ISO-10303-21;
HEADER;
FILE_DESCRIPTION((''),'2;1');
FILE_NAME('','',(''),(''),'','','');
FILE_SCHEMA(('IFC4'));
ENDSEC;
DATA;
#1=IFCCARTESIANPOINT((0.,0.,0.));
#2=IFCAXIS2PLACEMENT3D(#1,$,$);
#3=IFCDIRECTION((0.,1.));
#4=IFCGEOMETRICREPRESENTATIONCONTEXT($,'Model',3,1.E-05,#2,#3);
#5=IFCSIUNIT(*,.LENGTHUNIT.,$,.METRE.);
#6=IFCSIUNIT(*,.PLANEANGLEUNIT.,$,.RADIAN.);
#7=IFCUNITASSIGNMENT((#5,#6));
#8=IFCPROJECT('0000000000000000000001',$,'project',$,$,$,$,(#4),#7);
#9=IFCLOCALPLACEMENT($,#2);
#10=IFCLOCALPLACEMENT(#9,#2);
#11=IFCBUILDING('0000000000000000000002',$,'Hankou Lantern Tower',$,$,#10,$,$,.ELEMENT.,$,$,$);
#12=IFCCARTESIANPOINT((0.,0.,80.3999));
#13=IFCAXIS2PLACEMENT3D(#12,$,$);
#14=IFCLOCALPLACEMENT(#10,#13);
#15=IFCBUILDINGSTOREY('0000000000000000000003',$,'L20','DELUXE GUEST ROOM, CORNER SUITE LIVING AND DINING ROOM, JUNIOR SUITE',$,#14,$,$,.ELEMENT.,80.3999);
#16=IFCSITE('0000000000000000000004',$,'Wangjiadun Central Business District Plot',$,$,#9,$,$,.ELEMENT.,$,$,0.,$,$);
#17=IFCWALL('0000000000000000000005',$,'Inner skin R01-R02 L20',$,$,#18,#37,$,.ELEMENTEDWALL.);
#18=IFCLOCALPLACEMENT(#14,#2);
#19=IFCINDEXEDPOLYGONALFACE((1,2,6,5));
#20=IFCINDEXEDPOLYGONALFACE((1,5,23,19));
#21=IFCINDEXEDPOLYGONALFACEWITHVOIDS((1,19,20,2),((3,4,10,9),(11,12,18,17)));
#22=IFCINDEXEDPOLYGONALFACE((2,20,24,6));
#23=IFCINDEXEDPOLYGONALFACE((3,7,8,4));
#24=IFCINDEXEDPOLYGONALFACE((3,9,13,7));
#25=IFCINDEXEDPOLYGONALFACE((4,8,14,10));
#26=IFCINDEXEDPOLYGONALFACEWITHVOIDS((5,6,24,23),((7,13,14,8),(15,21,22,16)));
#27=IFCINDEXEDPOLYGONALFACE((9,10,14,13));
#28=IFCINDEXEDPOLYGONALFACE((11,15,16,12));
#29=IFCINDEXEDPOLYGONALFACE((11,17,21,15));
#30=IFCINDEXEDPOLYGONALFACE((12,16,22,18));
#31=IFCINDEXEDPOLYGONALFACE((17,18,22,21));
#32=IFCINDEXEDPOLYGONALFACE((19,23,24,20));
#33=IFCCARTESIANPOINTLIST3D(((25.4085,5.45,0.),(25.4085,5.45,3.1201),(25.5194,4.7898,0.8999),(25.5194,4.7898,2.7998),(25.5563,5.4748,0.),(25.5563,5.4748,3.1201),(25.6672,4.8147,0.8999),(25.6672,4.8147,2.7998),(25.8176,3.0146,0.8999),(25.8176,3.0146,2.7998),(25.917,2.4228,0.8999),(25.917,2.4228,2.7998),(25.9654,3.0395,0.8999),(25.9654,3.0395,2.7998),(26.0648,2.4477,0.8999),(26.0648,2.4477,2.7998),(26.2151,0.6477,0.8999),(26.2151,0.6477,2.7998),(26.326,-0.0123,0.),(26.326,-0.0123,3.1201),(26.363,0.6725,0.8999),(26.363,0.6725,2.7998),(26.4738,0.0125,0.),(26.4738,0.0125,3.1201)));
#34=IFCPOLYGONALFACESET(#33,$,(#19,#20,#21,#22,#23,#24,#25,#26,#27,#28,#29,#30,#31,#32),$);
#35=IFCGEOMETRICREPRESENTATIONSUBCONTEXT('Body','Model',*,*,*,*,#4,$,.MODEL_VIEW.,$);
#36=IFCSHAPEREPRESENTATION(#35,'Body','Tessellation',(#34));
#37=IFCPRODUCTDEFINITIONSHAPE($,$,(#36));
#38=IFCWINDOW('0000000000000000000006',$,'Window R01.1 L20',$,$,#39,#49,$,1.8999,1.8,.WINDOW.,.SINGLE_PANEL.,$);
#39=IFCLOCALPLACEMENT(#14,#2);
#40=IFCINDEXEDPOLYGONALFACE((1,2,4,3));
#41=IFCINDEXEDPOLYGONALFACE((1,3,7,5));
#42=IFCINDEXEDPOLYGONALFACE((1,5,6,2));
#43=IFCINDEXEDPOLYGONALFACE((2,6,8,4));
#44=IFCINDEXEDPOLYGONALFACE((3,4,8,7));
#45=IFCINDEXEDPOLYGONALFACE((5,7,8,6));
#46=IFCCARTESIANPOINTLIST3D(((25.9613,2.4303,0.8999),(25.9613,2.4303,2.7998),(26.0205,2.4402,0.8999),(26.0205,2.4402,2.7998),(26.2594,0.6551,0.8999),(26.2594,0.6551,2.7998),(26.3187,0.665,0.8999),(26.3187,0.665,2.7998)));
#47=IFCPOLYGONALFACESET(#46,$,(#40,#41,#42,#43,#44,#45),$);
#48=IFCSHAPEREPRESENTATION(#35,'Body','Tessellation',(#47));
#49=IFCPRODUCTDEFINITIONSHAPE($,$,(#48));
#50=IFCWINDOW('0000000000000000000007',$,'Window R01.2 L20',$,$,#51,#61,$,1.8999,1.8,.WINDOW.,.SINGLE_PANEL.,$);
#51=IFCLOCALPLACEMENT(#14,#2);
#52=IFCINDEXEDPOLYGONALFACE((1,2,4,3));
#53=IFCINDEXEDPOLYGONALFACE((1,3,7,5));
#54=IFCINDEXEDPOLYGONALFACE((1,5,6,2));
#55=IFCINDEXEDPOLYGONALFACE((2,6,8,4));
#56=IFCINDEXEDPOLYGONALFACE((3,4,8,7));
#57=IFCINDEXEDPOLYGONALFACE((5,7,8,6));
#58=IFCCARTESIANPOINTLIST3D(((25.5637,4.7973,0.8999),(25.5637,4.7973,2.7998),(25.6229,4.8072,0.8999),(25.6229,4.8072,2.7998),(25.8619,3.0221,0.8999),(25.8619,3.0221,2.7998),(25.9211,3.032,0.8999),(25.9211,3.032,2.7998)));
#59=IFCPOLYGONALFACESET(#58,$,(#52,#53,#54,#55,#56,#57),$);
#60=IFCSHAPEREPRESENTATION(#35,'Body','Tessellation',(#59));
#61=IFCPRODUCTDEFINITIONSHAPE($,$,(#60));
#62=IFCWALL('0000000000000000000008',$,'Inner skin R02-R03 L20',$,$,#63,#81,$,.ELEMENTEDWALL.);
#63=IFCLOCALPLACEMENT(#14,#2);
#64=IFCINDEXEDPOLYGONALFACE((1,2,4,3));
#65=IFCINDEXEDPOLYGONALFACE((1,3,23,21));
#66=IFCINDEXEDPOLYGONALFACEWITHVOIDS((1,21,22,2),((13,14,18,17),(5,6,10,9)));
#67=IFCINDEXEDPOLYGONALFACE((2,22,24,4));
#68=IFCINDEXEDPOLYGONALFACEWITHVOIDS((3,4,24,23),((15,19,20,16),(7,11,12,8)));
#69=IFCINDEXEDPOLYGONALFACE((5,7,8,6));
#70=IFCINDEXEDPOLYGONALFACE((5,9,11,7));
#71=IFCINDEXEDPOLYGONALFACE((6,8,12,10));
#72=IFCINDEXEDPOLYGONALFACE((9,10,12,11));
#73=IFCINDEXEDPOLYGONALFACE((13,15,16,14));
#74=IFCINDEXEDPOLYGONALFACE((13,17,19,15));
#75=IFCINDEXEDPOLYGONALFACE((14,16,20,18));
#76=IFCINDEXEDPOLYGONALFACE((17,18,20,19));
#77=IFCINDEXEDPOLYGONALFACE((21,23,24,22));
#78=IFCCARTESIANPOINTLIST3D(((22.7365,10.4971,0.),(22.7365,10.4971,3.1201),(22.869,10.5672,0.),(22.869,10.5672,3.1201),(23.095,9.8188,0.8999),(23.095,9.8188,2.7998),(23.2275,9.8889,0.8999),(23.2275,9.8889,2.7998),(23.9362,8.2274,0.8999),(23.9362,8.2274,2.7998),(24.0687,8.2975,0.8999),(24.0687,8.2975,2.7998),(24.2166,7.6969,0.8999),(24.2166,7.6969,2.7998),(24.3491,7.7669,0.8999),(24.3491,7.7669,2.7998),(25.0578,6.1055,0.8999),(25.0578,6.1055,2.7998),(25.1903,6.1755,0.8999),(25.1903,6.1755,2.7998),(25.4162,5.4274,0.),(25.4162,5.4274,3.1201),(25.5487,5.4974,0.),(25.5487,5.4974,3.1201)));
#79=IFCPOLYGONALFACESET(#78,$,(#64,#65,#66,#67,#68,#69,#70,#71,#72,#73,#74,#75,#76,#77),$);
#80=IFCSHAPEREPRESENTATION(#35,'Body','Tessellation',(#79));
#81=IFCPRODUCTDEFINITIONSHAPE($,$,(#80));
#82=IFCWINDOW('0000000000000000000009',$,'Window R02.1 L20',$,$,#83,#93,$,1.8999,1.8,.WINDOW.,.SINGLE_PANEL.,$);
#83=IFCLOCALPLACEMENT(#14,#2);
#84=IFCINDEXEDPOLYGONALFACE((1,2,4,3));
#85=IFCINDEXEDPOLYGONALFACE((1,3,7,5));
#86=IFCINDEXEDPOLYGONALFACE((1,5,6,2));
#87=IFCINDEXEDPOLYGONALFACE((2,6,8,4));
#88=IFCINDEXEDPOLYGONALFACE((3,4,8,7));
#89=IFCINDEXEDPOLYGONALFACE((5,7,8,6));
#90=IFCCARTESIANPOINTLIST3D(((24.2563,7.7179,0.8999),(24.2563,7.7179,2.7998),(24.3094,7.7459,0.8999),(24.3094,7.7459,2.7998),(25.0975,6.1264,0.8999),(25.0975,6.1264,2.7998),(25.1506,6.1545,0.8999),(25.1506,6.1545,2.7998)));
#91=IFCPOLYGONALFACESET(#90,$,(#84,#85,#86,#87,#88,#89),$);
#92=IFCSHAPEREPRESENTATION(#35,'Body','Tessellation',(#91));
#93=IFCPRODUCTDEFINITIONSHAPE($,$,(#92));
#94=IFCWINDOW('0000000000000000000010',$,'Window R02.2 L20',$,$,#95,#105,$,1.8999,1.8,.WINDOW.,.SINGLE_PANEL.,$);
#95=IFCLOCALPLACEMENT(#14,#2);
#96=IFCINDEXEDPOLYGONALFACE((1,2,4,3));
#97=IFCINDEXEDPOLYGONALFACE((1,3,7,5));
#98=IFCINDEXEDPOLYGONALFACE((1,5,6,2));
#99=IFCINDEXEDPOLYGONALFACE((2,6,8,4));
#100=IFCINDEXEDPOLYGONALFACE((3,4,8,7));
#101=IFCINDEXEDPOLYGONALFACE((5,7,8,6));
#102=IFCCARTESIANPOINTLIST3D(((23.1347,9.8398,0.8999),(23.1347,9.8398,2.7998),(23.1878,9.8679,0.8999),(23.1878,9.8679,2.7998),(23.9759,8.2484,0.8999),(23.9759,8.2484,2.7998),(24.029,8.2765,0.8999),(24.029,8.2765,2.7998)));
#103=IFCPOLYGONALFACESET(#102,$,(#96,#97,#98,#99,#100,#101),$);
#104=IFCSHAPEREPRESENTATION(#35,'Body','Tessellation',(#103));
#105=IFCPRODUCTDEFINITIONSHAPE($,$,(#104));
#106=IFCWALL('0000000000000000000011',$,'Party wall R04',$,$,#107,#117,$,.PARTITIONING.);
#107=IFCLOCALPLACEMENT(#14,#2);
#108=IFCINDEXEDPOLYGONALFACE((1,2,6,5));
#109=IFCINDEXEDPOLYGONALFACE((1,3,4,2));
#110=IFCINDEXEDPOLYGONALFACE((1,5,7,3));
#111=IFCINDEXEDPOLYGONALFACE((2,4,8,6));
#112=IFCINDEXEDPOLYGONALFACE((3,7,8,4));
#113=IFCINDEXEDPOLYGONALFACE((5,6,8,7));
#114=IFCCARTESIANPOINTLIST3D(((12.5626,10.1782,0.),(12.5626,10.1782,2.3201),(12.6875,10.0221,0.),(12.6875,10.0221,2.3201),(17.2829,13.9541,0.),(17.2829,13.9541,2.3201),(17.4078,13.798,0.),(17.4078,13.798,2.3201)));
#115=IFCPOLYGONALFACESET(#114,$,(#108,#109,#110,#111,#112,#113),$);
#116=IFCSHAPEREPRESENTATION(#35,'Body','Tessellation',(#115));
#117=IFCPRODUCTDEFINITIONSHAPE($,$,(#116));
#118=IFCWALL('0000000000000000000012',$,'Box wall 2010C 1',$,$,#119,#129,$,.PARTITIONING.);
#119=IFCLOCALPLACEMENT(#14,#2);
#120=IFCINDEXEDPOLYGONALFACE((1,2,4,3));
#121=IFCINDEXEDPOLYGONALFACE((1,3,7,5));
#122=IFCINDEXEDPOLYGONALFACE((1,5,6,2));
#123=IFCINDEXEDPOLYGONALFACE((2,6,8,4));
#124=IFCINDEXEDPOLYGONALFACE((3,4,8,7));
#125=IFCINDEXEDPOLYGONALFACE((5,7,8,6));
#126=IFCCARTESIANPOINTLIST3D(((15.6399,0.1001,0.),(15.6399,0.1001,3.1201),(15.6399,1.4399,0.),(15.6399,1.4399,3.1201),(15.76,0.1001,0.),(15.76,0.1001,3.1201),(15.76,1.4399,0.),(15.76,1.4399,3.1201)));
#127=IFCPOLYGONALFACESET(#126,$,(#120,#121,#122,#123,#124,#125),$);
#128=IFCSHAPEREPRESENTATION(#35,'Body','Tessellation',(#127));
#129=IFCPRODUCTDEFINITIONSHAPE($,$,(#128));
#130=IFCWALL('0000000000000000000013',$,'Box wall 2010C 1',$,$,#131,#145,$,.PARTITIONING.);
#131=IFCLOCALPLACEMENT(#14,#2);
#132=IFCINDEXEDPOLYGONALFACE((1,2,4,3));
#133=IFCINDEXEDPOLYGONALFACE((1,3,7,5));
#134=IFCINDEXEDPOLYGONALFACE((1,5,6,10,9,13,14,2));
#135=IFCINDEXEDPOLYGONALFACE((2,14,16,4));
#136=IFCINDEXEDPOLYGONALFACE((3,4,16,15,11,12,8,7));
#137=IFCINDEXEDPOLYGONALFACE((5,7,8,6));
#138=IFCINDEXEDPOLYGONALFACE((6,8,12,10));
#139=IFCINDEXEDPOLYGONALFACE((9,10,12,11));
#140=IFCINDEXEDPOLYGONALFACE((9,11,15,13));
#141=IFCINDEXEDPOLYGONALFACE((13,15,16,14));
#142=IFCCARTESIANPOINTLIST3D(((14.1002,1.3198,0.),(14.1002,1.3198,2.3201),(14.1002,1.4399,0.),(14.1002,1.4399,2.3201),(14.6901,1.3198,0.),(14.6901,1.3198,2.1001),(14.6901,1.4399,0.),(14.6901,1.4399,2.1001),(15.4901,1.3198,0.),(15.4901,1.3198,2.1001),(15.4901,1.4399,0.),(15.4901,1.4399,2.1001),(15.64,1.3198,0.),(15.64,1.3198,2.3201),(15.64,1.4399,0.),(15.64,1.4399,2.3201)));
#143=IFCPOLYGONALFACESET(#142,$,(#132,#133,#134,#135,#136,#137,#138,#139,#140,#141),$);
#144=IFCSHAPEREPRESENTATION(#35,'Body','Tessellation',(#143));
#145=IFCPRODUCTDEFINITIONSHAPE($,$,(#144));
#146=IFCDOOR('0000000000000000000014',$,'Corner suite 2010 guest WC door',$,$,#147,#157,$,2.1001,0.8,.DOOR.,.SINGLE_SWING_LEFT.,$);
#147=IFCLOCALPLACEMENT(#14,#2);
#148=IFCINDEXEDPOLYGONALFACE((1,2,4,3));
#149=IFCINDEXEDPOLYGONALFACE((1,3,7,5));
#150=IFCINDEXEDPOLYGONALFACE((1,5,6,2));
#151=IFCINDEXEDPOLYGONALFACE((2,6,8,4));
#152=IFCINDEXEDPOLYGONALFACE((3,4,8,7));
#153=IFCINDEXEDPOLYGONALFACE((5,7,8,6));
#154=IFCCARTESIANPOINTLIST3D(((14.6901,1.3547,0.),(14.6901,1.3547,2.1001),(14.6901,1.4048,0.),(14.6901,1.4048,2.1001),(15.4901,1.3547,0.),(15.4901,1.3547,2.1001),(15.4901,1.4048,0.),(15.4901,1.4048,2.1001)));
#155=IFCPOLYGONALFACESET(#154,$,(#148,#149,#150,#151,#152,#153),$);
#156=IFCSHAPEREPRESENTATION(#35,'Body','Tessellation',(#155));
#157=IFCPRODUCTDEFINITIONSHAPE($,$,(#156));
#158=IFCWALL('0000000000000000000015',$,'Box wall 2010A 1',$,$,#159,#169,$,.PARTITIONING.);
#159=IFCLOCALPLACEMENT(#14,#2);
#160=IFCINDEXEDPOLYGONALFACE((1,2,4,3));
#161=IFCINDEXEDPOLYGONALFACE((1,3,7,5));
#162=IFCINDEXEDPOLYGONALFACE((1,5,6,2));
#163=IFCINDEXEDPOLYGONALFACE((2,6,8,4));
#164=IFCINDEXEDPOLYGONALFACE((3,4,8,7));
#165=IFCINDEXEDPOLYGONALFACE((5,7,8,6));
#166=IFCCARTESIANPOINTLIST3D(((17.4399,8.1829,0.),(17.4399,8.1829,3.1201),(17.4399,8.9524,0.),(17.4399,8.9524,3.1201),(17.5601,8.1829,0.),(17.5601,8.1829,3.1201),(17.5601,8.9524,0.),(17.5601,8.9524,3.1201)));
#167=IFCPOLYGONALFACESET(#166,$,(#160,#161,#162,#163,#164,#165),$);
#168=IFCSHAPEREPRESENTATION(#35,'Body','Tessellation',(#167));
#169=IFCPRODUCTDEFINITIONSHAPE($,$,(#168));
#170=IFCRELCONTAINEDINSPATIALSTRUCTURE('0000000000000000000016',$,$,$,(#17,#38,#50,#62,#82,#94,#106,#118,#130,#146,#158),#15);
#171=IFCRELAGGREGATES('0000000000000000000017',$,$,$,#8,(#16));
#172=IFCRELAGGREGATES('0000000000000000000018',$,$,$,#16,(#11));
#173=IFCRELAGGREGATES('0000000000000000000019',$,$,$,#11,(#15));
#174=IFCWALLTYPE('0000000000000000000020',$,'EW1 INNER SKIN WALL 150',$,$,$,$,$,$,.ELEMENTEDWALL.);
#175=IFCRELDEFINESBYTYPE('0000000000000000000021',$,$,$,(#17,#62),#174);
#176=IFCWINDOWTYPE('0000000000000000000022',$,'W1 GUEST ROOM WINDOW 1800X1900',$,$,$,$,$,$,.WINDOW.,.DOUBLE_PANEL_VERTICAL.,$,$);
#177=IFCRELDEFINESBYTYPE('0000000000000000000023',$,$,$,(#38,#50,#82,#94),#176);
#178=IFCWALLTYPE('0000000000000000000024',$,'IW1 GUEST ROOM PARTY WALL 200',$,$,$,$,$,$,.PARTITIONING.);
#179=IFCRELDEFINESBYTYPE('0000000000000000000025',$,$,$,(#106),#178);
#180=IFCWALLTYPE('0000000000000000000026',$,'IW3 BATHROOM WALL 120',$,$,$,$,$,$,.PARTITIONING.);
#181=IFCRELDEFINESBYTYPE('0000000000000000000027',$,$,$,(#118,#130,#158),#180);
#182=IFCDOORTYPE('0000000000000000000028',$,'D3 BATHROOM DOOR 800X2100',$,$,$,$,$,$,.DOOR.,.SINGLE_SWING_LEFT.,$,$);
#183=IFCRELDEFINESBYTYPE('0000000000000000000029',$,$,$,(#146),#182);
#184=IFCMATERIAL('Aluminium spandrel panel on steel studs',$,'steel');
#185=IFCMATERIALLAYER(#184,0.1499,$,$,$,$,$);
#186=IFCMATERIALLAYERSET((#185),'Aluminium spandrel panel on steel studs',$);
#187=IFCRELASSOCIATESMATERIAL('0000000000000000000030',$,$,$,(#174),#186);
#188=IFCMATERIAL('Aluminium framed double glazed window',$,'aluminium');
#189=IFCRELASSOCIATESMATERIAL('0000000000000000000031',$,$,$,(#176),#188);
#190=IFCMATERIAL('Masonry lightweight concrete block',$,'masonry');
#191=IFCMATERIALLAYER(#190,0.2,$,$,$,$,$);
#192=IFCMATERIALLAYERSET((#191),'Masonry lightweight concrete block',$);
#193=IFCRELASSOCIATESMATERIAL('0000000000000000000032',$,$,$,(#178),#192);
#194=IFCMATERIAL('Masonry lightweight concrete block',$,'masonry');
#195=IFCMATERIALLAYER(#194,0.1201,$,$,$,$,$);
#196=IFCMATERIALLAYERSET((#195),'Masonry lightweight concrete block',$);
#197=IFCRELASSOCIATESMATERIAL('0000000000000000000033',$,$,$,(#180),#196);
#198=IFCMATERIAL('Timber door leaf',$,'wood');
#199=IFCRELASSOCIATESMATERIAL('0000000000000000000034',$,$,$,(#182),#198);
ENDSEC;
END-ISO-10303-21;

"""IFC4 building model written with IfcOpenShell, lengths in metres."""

from ifc_helpers import new_model, si_unit, direction, frame, frame_2d, origin, place, context, subcontext, project, spatial, rectangle, extrude, material, layer, layer_set, type_object, element, fill, save


model = new_model("IFC4")

# Units and contexts
model_context = context("Model", 3, precision=1e-05, world=origin(), true_north=direction((0.0, 1.0)))
body_context = subcontext(model_context, "Body", "Model", "MODEL_VIEW")
ifc_project = project(units=[si_unit("LENGTHUNIT", "METRE"), si_unit("PLANEANGLEUNIT", "RADIAN")], contexts=[model_context])

# Site, building, storey
site_placement = place(None, origin())
site = spatial("IfcSite", under=ifc_project, at=site_placement, Name="Wangjiadun Central Business District Plot", CompositionType="ELEMENT", RefElevation=0.0)
building_placement = place(site_placement, origin())
building = spatial("IfcBuilding", under=site, at=building_placement, Name="Hankou Lantern Tower", CompositionType="ELEMENT")
storey_placement = place(building_placement, frame((0.0, 0.0, 80.3999)))
storey = spatial("IfcBuildingStorey", under=building, at=storey_placement, Name="L20", Description="DELUXE GUEST ROOM, CORNER SUITE LIVING AND DINING ROOM, JUNIOR SUITE", CompositionType="ELEMENT", Elevation=80.3999)

# Walls, openings, windows
ifc_material_1 = material(Name="Aluminium spandrel panel on steel studs", Category="steel")
ifc_layer_1 = layer(ifc_material_1, 0.1499)
ifc_layer_set_1 = layer_set([ifc_layer_1], Name="Aluminium spandrel panel on steel studs")
wall_type_1 = type_object("IfcWallType", Name="EW1 INNER SKIN WALL 150", PredefinedType="ELEMENTEDWALL", material=ifc_layer_set_1)
wall_1_placement = place(storey_placement, frame((26.3999, 0.0, 0.0), z_axis=(0.0, 0.0, 1.0), x_axis=(-0.165643, 0.986186, 0.0)))
wall_1 = element("IfcWall", 1, at=wall_1_placement, inside=storey, type_object=wall_type_1, Name="Inner skin R01-R02 L20", PredefinedType="ELEMENTEDWALL", context=body_context, shape_type="SweptSolid", body=[
    extrude(rectangle(XDim=5.5388, YDim=0.1499, at=frame_2d((2.7695, 0.0))), origin(), (0.0, 0.0, 1.0), 3.1201),
])
opening_1_placement = place(wall_1_placement, frame((0.6694, 0.0, 0.8999)))
opening_1 = element("IfcOpeningElement", 2, at=opening_1_placement, cuts=wall_1, PredefinedType="OPENING", context=body_context, shape_type="SweptSolid", body=[
    extrude(rectangle(XDim=1.8, YDim=1.8999, at=frame_2d((0.8999, 0.95))), frame((0.0, 0.085, 0.0), z_axis=(0.0, -1.0, 0.0), x_axis=(1.0, 0.0, 0.0)), (0.0, 0.0, 1.0), 0.1699),
])
opening_2_placement = place(wall_1_placement, frame((3.0696, 0.0, 0.8999)))
opening_2 = element("IfcOpeningElement", 3, at=opening_2_placement, cuts=wall_1, PredefinedType="OPENING", context=body_context, shape_type="SweptSolid", body=[
    extrude(rectangle(XDim=1.8, YDim=1.8999, at=frame_2d((0.8999, 0.95))), frame((0.0, 0.085, 0.0), z_axis=(0.0, -1.0, 0.0), x_axis=(1.0, 0.0, 0.0)), (0.0, 0.0, 1.0), 0.1699),
])
ifc_material_2 = material(Name="Aluminium framed double glazed window", Category="aluminium")
window_type = type_object("IfcWindowType", Name="W1 GUEST ROOM WINDOW 1800X1900", PartitioningType="DOUBLE_PANEL_VERTICAL", PredefinedType="WINDOW", material=ifc_material_2)
window_1_placement = place(opening_1_placement, origin())
window_1 = element("IfcWindow", 4, at=window_1_placement, inside=storey, type_object=window_type, Name="Window R01.1 L20", OverallHeight=1.8999, OverallWidth=1.8, PartitioningType="SINGLE_PANEL", PredefinedType="WINDOW", context=body_context, shape_type="SweptSolid", body=[
    extrude(rectangle(XDim=1.8, YDim=1.8999, at=frame_2d((0.8999, 0.95))), frame((0.0, 0.03, 0.0), z_axis=(0.0, -1.0, 0.0), x_axis=(1.0, 0.0, 0.0)), (0.0, 0.0, 1.0), 0.0601),
])
fill(opening_1, window_1)
window_2_placement = place(opening_2_placement, origin())
window_2 = element("IfcWindow", 5, at=window_2_placement, inside=storey, type_object=window_type, Name="Window R01.2 L20", OverallHeight=1.8999, OverallWidth=1.8, PartitioningType="SINGLE_PANEL", PredefinedType="WINDOW", context=body_context, shape_type="SweptSolid", body=[
    extrude(rectangle(XDim=1.8, YDim=1.8999, at=frame_2d((0.8999, 0.95))), frame((0.0, 0.03, 0.0), z_axis=(0.0, -1.0, 0.0), x_axis=(1.0, 0.0, 0.0)), (0.0, 0.0, 1.0), 0.0601),
])
fill(opening_2, window_2)
wall_2_placement = place(storey_placement, frame((25.4824, 5.4624, 0.0), z_axis=(0.0, 0.0, 1.0), x_axis=(-0.467297, 0.8841, 0.0)))
wall_2 = element("IfcWall", 6, at=wall_2_placement, inside=storey, type_object=wall_type_1, Name="Inner skin R02-R03 L20", PredefinedType="ELEMENTEDWALL", context=body_context, shape_type="SweptSolid", body=[
    extrude(rectangle(XDim=5.7344, YDim=0.1499, at=frame_2d((2.8672, 0.0))), origin(), (0.0, 0.0, 1.0), 3.1201),
])
opening_3_placement = place(wall_2_placement, frame((0.7671, 0.0, 0.8999)))
opening_3 = element("IfcOpeningElement", 7, at=opening_3_placement, cuts=wall_2, PredefinedType="OPENING", context=body_context, shape_type="SweptSolid", body=[
    extrude(rectangle(XDim=1.8, YDim=1.8999, at=frame_2d((0.8999, 0.95))), frame((0.0, 0.085, 0.0), z_axis=(0.0, -1.0, 0.0), x_axis=(1.0, 0.0, 0.0)), (0.0, 0.0, 1.0), 0.1699),
])
opening_4_placement = place(wall_2_placement, frame((3.1672, 0.0, 0.8999)))
opening_4 = element("IfcOpeningElement", 8, at=opening_4_placement, cuts=wall_2, PredefinedType="OPENING", context=body_context, shape_type="SweptSolid", body=[
    extrude(rectangle(XDim=1.8, YDim=1.8999, at=frame_2d((0.8999, 0.95))), frame((0.0, 0.085, 0.0), z_axis=(0.0, -1.0, 0.0), x_axis=(1.0, 0.0, 0.0)), (0.0, 0.0, 1.0), 0.1699),
])
window_3_placement = place(opening_3_placement, origin())
window_3 = element("IfcWindow", 9, at=window_3_placement, inside=storey, type_object=window_type, Name="Window R02.1 L20", OverallHeight=1.8999, OverallWidth=1.8, PartitioningType="SINGLE_PANEL", PredefinedType="WINDOW", context=body_context, shape_type="SweptSolid", body=[
    extrude(rectangle(XDim=1.8, YDim=1.8999, at=frame_2d((0.8999, 0.95))), frame((0.0, 0.03, 0.0), z_axis=(0.0, -1.0, 0.0), x_axis=(1.0, 0.0, 0.0)), (0.0, 0.0, 1.0), 0.0601),
])
fill(opening_3, window_3)
window_4_placement = place(opening_4_placement, origin())
window_4 = element("IfcWindow", 10, at=window_4_placement, inside=storey, type_object=window_type, Name="Window R02.2 L20", OverallHeight=1.8999, OverallWidth=1.8, PartitioningType="SINGLE_PANEL", PredefinedType="WINDOW", context=body_context, shape_type="SweptSolid", body=[
    extrude(rectangle(XDim=1.8, YDim=1.8999, at=frame_2d((0.8999, 0.95))), frame((0.0, 0.03, 0.0), z_axis=(0.0, -1.0, 0.0), x_axis=(1.0, 0.0, 0.0)), (0.0, 0.0, 1.0), 0.0601),
])
fill(opening_4, window_4)

# Walls
ifc_material_3 = material(Name="Masonry lightweight concrete block", Category="masonry")
ifc_layer_2 = layer(ifc_material_3, 0.2)
ifc_layer_set_2 = layer_set([ifc_layer_2], Name="Masonry lightweight concrete block")
wall_type_2 = type_object("IfcWallType", Name="IW1 GUEST ROOM PARTY WALL 200", PredefinedType="PARTITIONING", material=ifc_layer_set_2)
wall_3_placement = place(storey_placement, frame((12.625, 10.1001, 0.0), z_axis=(0.0, 0.0, 1.0), x_axis=(0.780892, 0.624665, 0.0)))
element("IfcWall", 11, at=wall_3_placement, inside=storey, type_object=wall_type_2, Name="Party wall R04", PredefinedType="PARTITIONING", context=body_context, shape_type="SweptSolid", body=[
    extrude(rectangle(XDim=6.0447, YDim=0.2, at=frame_2d((3.0225, 0.0))), origin(), (0.0, 0.0, 1.0), 2.3201),
])
ifc_material_4 = material(Name="Masonry lightweight concrete block", Category="masonry")
ifc_layer_3 = layer(ifc_material_4, 0.1201)
ifc_layer_set_3 = layer_set([ifc_layer_3], Name="Masonry lightweight concrete block")
wall_type_3 = type_object("IfcWallType", Name="IW3 BATHROOM WALL 120", PredefinedType="PARTITIONING", material=ifc_layer_set_3)
wall_4_placement = place(storey_placement, frame((15.7, 0.1001, 0.0), z_axis=(0.0, 0.0, 1.0), x_axis=(0.0, 1.0, 0.0)))
element("IfcWall", 12, at=wall_4_placement, inside=storey, type_object=wall_type_3, Name="Box wall 2010C 1", PredefinedType="PARTITIONING", context=body_context, shape_type="SweptSolid", body=[
    extrude(rectangle(XDim=1.3398, YDim=0.1201, at=frame_2d((0.6699, 0.0))), origin(), (0.0, 0.0, 1.0), 3.1201),
])

# Wall, opening, door
wall_5_placement = place(storey_placement, frame((14.1001, 1.3799, 0.0), z_axis=(0.0, 0.0, 1.0), x_axis=(1.0, 0.0, 0.0)))
wall_5 = element("IfcWall", 13, at=wall_5_placement, inside=storey, type_object=wall_type_3, Name="Box wall 2010C 1", PredefinedType="PARTITIONING", context=body_context, shape_type="SweptSolid", body=[
    extrude(rectangle(XDim=1.5398, YDim=0.1201, at=frame_2d((0.77, 0.0))), origin(), (0.0, 0.0, 1.0), 2.3201),
])
opening_5_placement = place(wall_5_placement, frame((0.5901, 0.0, 0.0)))
opening_5 = element("IfcOpeningElement", 14, at=opening_5_placement, cuts=wall_5, PredefinedType="OPENING", context=body_context, shape_type="SweptSolid", body=[
    extrude(rectangle(XDim=0.8, YDim=2.1001, at=frame_2d((0.3999, 1.05))), frame((0.0, 0.0701, 0.0), z_axis=(0.0, -1.0, 0.0), x_axis=(1.0, 0.0, 0.0)), (0.0, 0.0, 1.0), 0.1401),
])
ifc_material_5 = material(Name="Timber door leaf", Category="wood")
door_type_1 = type_object("IfcDoorType", Name="D3 BATHROOM DOOR 800X2100", OperationType="SINGLE_SWING_LEFT", PredefinedType="DOOR", material=ifc_material_5)
door_1_placement = place(opening_5_placement, origin())
door_1 = element("IfcDoor", 15, at=door_1_placement, inside=storey, type_object=door_type_1, Name="Corner suite 2010 guest WC door", OperationType="SINGLE_SWING_LEFT", OverallHeight=2.1001, OverallWidth=0.8, PredefinedType="DOOR", context=body_context, shape_type="SweptSolid", body=[
    extrude(rectangle(XDim=0.8, YDim=2.1001, at=frame_2d((0.3999, 1.05))), frame((0.0, 0.0249, 0.0), z_axis=(0.0, -1.0, 0.0), x_axis=(1.0, 0.0, 0.0)), (0.0, 0.0, 1.0), 0.05),
])
fill(opening_5, door_1)

# Wall
wall_6_placement = place(storey_placement, frame((17.5, 8.1829, 0.0), z_axis=(0.0, 0.0, 1.0), x_axis=(0.0, 1.0, 0.0)))
element("IfcWall", 16, at=wall_6_placement, inside=storey, type_object=wall_type_3, Name="Box wall 2010A 1", PredefinedType="PARTITIONING", context=body_context, shape_type="SweptSolid", body=[
    extrude(rectangle(XDim=0.7695, YDim=0.1201, at=frame_2d((0.3848, 0.0))), origin(), (0.0, 0.0, 1.0), 3.1201),
])

save(model, "model.ifc")
